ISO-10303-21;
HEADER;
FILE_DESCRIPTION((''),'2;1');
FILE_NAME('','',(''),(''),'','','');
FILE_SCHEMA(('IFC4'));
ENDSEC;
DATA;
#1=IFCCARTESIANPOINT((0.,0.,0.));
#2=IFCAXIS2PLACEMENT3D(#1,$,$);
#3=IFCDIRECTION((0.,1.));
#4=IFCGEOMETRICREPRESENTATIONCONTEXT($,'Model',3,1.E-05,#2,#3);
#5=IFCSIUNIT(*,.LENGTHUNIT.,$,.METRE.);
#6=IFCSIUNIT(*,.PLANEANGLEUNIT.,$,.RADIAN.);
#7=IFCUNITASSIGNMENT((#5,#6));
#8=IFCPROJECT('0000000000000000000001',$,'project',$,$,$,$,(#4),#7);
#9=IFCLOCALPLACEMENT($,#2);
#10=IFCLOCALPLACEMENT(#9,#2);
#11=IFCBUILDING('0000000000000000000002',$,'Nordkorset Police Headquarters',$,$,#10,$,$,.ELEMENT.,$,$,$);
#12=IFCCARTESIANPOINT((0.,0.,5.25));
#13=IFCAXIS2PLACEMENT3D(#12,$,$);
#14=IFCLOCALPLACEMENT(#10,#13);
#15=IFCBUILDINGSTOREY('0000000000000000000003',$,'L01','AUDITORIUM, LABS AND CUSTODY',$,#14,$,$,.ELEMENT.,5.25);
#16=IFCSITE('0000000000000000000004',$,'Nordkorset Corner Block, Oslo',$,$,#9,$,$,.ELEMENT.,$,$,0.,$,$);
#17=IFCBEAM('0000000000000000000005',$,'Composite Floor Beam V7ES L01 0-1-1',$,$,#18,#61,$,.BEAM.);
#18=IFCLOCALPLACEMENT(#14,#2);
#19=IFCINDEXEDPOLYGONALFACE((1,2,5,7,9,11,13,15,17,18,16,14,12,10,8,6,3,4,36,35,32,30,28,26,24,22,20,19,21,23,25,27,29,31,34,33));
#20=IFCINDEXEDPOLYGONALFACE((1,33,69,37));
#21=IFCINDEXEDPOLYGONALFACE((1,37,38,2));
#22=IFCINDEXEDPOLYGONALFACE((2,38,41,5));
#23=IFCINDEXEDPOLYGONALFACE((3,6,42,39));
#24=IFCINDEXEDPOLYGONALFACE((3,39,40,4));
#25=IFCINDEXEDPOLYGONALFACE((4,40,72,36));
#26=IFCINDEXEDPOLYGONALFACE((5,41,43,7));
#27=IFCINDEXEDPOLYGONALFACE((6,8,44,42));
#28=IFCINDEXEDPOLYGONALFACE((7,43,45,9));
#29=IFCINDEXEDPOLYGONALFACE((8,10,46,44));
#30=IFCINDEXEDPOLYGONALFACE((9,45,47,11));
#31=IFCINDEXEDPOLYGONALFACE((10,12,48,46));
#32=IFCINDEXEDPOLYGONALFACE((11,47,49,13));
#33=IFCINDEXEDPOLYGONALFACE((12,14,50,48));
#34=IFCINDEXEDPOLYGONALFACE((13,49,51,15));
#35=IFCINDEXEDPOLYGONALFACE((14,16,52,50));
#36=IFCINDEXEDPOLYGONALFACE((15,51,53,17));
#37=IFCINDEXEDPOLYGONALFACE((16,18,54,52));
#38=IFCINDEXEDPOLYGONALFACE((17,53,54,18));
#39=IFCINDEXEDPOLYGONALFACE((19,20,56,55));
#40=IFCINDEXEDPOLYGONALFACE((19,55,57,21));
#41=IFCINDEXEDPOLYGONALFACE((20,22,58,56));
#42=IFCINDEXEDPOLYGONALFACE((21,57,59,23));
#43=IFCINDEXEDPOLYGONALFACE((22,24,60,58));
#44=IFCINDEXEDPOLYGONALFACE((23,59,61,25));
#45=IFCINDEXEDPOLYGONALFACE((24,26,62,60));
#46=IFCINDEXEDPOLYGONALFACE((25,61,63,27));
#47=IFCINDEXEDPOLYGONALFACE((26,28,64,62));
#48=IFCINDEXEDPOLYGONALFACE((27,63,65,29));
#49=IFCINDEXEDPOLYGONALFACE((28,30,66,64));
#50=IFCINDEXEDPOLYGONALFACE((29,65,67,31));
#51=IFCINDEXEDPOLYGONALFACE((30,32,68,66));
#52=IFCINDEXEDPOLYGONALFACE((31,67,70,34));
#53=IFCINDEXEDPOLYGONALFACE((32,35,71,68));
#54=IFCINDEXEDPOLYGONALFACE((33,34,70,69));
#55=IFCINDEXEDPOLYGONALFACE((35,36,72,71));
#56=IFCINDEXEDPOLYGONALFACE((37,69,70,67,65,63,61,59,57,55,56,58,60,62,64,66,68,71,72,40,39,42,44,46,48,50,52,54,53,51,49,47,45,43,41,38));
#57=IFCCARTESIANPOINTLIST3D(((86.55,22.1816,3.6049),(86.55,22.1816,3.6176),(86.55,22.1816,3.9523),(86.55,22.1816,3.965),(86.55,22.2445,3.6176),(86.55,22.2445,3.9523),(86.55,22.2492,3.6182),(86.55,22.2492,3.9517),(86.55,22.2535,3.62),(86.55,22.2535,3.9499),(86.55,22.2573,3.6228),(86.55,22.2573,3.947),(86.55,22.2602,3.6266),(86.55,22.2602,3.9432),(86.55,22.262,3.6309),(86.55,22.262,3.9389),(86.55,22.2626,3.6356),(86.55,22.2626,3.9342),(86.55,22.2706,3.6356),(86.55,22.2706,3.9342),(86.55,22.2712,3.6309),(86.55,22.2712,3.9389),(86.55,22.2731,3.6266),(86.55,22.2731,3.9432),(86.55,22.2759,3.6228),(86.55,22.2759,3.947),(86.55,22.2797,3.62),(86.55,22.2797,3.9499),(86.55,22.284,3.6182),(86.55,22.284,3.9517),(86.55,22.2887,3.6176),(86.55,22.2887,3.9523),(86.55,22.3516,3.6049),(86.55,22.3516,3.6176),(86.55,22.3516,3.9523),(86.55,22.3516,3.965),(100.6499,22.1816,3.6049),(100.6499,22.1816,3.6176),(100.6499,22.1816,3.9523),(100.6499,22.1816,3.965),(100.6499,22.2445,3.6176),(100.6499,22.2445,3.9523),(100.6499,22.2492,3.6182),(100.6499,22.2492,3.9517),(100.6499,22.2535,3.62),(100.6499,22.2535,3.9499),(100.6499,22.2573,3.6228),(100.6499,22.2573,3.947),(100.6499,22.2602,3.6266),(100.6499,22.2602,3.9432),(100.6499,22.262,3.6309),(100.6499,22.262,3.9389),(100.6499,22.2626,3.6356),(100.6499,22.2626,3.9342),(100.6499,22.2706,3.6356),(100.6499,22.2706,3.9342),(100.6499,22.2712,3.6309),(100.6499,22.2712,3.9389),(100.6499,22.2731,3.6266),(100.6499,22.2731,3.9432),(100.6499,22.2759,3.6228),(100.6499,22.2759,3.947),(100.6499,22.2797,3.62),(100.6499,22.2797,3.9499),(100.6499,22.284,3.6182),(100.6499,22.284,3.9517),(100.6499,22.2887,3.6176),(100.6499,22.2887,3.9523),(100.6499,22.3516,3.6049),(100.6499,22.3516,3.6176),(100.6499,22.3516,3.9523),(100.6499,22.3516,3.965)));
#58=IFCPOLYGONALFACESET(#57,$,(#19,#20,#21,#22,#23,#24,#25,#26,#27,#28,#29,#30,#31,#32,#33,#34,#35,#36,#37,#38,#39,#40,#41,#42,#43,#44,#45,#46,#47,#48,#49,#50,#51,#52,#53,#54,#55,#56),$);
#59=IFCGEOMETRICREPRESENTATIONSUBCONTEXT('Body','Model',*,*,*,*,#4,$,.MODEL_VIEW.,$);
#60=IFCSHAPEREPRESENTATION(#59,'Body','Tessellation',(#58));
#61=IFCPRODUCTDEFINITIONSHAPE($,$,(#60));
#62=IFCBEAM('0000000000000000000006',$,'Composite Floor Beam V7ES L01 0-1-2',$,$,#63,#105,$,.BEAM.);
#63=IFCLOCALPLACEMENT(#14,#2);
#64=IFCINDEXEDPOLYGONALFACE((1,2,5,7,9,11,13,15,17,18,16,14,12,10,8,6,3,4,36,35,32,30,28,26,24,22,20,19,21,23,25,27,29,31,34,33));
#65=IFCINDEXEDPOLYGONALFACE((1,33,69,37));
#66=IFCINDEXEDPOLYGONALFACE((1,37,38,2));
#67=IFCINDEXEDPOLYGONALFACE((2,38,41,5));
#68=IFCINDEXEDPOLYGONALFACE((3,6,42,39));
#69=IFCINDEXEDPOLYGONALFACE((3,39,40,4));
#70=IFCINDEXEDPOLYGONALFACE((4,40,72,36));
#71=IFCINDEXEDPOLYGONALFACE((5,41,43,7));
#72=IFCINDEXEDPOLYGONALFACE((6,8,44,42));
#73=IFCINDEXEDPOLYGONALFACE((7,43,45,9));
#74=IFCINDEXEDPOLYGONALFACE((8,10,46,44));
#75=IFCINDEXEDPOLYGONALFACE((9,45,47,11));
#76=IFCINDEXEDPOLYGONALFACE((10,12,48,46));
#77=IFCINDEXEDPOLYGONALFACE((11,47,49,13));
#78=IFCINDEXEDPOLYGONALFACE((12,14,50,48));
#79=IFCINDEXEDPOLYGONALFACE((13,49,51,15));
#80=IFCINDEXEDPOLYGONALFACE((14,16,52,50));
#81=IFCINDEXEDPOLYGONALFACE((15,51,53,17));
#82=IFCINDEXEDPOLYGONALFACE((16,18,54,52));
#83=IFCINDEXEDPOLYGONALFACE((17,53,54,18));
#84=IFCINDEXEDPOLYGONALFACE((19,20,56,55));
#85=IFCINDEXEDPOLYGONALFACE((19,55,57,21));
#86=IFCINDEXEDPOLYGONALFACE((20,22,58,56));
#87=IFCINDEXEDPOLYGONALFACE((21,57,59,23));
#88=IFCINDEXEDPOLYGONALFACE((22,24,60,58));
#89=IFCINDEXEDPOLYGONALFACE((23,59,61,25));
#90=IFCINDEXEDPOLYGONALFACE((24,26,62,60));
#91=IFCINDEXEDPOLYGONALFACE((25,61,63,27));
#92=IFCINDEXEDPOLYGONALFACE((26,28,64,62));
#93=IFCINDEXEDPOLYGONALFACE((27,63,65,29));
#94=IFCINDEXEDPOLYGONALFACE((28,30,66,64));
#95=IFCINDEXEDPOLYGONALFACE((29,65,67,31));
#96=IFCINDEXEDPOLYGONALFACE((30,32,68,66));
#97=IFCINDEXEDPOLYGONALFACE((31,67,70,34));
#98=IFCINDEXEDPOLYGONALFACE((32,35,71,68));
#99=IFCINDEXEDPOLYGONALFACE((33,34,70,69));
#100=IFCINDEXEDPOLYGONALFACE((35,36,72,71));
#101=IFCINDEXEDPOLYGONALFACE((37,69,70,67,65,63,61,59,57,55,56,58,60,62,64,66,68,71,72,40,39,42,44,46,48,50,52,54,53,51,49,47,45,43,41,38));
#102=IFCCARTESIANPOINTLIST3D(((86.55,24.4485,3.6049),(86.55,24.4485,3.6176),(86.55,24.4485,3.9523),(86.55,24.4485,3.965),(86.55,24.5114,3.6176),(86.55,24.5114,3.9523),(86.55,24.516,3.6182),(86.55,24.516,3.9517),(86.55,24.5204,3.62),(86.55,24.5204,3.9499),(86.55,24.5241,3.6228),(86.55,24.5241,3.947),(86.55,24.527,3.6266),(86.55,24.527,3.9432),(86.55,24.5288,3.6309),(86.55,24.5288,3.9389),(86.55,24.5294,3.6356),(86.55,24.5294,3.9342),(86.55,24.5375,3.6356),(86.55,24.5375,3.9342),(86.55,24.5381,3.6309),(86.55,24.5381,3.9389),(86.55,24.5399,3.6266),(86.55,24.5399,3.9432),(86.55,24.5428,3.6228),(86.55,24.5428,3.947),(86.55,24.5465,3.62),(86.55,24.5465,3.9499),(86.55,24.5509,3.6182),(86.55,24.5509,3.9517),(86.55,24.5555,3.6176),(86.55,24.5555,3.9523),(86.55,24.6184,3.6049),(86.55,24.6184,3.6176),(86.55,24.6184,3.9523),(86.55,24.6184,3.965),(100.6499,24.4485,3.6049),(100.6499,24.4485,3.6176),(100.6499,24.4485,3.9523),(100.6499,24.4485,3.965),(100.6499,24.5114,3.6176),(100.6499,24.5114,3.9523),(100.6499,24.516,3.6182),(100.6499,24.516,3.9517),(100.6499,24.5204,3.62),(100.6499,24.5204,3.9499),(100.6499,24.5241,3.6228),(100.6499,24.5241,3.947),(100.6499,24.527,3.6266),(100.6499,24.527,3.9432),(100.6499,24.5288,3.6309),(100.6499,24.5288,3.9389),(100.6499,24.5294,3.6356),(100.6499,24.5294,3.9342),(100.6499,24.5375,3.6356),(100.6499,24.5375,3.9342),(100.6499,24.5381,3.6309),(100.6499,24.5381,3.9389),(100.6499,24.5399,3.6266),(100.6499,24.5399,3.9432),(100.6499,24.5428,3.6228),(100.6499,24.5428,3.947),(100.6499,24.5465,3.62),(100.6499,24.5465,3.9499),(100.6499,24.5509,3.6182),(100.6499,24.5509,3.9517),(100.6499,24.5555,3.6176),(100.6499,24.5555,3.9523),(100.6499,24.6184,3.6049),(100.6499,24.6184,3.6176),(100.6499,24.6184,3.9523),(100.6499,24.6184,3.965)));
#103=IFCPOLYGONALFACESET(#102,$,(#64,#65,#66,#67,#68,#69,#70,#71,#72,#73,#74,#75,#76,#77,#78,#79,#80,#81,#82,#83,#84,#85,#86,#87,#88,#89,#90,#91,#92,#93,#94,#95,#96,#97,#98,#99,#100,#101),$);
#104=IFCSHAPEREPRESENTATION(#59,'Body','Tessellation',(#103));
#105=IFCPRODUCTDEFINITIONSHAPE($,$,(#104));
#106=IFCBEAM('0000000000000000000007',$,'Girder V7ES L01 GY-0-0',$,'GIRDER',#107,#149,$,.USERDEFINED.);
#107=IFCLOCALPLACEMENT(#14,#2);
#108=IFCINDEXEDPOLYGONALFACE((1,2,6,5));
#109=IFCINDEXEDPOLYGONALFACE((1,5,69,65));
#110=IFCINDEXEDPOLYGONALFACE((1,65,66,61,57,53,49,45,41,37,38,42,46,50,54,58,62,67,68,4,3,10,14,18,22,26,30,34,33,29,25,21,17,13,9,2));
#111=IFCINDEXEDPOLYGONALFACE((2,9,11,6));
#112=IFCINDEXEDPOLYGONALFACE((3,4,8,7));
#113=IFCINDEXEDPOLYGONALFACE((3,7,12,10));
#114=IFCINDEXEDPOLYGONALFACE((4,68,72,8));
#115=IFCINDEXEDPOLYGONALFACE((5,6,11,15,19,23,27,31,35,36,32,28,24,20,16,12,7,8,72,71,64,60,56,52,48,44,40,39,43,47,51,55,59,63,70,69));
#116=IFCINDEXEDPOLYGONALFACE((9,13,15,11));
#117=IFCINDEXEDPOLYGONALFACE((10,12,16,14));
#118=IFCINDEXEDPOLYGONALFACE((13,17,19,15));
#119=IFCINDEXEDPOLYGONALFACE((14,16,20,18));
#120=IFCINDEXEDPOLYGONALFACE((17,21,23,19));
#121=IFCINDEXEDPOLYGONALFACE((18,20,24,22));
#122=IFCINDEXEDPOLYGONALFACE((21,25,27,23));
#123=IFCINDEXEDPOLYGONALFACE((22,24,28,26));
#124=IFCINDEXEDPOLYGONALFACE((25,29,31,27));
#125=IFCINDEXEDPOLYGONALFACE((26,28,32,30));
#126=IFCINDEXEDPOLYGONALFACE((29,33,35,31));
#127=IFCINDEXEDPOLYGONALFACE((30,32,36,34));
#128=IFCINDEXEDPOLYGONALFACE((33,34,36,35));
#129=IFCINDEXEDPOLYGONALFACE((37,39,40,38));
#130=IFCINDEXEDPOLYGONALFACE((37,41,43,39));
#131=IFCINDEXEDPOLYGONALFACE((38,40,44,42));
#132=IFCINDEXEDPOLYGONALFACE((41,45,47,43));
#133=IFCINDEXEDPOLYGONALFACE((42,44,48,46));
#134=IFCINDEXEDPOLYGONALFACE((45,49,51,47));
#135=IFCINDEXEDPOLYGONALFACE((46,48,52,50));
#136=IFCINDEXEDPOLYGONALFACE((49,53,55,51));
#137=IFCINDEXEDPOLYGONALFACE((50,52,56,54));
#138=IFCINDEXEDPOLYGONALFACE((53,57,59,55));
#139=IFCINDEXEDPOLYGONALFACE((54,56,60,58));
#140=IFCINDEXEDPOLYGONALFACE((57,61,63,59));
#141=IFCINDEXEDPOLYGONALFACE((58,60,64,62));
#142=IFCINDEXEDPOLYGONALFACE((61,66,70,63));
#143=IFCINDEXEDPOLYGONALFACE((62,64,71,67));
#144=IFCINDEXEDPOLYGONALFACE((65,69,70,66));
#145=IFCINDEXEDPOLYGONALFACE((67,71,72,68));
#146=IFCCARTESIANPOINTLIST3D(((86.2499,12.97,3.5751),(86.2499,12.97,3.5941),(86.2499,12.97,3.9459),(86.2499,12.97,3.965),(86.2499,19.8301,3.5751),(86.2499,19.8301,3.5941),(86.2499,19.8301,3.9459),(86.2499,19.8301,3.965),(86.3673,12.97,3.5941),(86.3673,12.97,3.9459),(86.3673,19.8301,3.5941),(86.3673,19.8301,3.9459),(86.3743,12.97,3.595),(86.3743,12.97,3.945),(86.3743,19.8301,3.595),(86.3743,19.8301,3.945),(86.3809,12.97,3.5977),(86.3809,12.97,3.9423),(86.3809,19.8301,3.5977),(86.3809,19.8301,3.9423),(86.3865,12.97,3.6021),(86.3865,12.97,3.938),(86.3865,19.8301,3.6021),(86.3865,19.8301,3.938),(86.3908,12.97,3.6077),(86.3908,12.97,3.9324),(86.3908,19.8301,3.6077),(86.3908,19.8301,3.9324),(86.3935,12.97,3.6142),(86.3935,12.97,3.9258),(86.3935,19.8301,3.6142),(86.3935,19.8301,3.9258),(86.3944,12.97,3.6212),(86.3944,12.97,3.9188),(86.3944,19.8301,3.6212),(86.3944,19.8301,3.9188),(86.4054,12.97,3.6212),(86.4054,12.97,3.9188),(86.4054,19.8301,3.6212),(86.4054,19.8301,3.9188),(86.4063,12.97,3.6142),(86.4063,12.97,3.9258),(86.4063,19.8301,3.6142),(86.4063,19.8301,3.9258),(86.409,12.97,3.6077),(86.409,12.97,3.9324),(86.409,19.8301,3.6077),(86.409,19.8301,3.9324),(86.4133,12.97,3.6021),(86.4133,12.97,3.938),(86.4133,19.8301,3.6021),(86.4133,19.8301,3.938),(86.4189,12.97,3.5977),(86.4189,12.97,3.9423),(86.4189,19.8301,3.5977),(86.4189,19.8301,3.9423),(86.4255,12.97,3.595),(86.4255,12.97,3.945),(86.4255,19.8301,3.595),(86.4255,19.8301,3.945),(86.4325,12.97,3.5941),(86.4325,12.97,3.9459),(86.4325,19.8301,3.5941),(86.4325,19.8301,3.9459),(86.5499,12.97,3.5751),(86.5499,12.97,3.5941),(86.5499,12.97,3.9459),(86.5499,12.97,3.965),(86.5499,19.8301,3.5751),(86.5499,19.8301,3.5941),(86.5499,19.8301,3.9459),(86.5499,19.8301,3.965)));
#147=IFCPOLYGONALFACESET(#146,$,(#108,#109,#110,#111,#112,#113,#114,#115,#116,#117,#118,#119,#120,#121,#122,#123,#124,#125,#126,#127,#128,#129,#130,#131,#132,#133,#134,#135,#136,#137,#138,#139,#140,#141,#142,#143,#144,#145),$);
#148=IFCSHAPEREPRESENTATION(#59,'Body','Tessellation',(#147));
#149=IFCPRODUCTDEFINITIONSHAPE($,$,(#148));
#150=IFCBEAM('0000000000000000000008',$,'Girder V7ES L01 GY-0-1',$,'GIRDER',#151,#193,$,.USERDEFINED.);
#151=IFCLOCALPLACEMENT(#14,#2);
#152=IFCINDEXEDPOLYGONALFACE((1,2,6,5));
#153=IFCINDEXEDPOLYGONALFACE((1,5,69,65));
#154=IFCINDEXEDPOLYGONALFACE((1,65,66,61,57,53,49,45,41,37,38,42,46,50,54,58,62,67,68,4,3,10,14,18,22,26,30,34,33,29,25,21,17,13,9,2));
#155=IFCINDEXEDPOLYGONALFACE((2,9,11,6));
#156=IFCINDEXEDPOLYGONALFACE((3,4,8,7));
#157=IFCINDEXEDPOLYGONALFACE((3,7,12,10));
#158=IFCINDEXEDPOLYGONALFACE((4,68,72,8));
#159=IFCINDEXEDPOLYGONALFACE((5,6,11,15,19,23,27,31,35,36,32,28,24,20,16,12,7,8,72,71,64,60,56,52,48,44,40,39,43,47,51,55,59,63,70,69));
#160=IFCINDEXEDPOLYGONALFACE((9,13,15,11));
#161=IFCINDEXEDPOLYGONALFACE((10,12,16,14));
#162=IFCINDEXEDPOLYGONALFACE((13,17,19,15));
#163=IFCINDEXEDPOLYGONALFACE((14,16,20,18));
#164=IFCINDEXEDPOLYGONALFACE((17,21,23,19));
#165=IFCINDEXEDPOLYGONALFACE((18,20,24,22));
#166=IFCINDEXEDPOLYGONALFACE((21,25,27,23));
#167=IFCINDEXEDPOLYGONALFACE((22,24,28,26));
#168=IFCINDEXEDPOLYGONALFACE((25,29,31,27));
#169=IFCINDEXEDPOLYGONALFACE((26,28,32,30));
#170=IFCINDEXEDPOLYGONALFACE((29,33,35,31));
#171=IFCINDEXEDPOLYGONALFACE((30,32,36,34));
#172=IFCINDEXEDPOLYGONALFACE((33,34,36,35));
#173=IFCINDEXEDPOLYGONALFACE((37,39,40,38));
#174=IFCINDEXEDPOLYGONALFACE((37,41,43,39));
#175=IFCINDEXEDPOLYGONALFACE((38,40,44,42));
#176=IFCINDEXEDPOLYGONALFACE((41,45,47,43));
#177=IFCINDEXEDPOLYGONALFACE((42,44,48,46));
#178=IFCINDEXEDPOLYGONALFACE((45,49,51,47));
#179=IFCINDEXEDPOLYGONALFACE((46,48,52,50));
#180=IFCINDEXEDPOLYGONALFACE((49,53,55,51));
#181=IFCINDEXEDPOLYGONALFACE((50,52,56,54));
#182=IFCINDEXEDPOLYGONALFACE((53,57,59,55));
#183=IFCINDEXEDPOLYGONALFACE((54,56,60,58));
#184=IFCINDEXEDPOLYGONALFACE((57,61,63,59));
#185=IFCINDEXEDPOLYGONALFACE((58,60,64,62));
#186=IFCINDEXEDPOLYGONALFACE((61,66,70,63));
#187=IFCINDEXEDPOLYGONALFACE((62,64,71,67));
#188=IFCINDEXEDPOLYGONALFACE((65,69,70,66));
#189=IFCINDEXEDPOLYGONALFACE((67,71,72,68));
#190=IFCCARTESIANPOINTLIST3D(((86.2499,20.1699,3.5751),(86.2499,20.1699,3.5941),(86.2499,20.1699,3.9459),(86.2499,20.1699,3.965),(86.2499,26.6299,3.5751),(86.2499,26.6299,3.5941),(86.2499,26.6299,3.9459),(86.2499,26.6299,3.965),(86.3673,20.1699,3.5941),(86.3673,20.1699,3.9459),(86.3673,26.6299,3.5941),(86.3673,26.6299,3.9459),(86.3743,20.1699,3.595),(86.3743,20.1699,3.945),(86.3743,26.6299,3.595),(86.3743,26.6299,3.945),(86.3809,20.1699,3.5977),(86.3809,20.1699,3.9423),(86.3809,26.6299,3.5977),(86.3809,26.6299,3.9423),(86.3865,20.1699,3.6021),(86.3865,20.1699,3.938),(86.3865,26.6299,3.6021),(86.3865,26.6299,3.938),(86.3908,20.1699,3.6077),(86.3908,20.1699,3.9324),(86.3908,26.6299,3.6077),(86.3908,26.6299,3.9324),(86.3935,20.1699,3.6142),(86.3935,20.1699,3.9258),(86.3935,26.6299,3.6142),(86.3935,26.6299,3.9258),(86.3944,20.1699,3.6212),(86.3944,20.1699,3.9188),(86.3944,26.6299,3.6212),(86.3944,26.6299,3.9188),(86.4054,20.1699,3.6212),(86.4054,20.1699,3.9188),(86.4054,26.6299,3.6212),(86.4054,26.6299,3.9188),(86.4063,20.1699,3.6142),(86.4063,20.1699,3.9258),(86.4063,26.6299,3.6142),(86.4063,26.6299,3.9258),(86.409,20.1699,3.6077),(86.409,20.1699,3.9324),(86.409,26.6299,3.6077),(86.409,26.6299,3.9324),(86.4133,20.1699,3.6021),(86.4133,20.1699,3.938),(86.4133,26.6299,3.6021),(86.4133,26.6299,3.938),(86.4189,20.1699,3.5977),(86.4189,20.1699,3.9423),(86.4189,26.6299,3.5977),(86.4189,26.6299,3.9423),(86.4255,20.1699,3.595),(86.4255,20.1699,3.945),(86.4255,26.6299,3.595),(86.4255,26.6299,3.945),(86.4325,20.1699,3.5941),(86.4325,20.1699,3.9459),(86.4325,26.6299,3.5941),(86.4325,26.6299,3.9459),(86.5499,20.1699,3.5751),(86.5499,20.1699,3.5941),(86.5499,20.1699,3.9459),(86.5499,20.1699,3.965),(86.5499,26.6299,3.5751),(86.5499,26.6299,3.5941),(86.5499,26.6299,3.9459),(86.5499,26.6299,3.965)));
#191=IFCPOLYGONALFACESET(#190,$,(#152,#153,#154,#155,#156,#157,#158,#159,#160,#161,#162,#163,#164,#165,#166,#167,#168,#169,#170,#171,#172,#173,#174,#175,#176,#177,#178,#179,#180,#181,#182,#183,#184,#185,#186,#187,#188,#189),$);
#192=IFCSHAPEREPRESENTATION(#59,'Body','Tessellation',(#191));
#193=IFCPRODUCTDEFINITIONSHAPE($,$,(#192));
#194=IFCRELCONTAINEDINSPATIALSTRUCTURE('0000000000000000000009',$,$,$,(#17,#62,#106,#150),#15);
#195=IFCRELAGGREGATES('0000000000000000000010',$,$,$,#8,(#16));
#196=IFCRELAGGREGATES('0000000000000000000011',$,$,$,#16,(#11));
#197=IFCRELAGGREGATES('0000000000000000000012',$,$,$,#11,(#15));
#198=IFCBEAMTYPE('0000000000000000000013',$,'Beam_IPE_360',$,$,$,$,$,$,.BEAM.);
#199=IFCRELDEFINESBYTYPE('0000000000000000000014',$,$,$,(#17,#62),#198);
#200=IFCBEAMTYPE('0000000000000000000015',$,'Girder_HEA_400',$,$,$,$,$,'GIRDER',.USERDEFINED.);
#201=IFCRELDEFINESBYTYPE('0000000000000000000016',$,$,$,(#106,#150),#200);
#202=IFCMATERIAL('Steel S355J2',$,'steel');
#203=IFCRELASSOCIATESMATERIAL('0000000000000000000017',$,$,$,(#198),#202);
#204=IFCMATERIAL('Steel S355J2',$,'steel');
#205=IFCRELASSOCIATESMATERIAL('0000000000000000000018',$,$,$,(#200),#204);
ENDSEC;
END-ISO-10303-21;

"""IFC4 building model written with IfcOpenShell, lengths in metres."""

from ifc_helpers import new_model, si_unit, direction, frame, origin, origin_2d, place, context, subcontext, project, spatial, i_section, extrude, material, material_profile, profile_set, type_object, element, save


model = new_model("IFC4")

# Units and contexts
model_context = context("Model", 3, precision=1e-05, world=origin(), true_north=direction((0.0, 1.0)))
body_context = subcontext(model_context, "Body", "Model", "MODEL_VIEW")
ifc_project = project(units=[si_unit("LENGTHUNIT", "METRE"), si_unit("PLANEANGLEUNIT", "RADIAN")], contexts=[model_context])

# Site, building, storey
site_placement = place(None, origin())
site = spatial("IfcSite", under=ifc_project, at=site_placement, Name="Nordkorset Corner Block, Oslo", CompositionType="ELEMENT", RefElevation=0.0)
building_placement = place(site_placement, origin())
building = spatial("IfcBuilding", under=site, at=building_placement, Name="Nordkorset Police Headquarters", CompositionType="ELEMENT")
storey_placement = place(building_placement, frame((0.0, 0.0, 5.25)))
storey = spatial("IfcBuildingStorey", under=building, at=storey_placement, Name="L01", Description="AUDITORIUM, LABS AND CUSTODY", CompositionType="ELEMENT", Elevation=5.25)

# Beams
ifc_material_1 = material(Name="Steel S355J2", Category="steel")
ifc_material_profile_1 = material_profile(ifc_material_1, i_section(OverallWidth=0.1699, OverallDepth=0.3601, WebThickness=0.0081, FlangeThickness=0.0127, FilletRadius=0.0181, at=origin_2d()), Name="IPE 360")
ifc_profile_set_1 = profile_set([ifc_material_profile_1], Name="Steel S355J2")
beam_type_1 = type_object("IfcBeamType", Name="Beam_IPE_360", PredefinedType="BEAM", material=ifc_profile_set_1)
for number, where, z_axis, x_axis, name in (
    (1, (86.55, 22.2666, 3.7849), (1.0, 0.0, 0.0), (0.0, 1.0, 0.0), "Composite Floor Beam V7ES L01 0-1-1"),
    (2, (86.55, 24.5334, 3.7849), (1.0, 0.0, 0.0), (0.0, 1.0, 0.0), "Composite Floor Beam V7ES L01 0-1-2"),
):
    element("IfcBeam", number, at=place(storey_placement, frame(where, z_axis=z_axis, x_axis=x_axis)), inside=storey, type_object=beam_type_1, Name=name, PredefinedType="BEAM", context=body_context, shape_type="SweptSolid", body=[
        extrude(i_section(OverallWidth=0.1699, OverallDepth=0.3601, WebThickness=0.0081, FlangeThickness=0.0127, FilletRadius=0.0181, at=origin_2d()), origin(), (0.0, 0.0, 1.0), 14.0999),
    ])
ifc_material_2 = material(Name="Steel S355J2", Category="steel")
ifc_material_profile_2 = material_profile(ifc_material_2, i_section(OverallWidth=0.3, OverallDepth=0.3899, WebThickness=0.011, FlangeThickness=0.019, FilletRadius=0.0271, at=origin_2d()), Name="HEA 400")
ifc_profile_set_2 = profile_set([ifc_material_profile_2], Name="Steel S355J2")
beam_type_2 = type_object("IfcBeamType", Name="Girder_HEA_400", ElementType="GIRDER", PredefinedType="USERDEFINED", material=ifc_profile_set_2)
beam_1_placement = place(storey_placement, frame((86.3999, 12.97, 3.77), z_axis=(0.0, 1.0, 0.0), x_axis=(-1.0, 0.0, 0.0)))
element("IfcBeam", 3, at=beam_1_placement, inside=storey, type_object=beam_type_2, Name="Girder V7ES L01 GY-0-0", ObjectType="GIRDER", PredefinedType="USERDEFINED", context=body_context, shape_type="SweptSolid", body=[
    extrude(i_section(OverallWidth=0.3, OverallDepth=0.3899, WebThickness=0.011, FlangeThickness=0.019, FilletRadius=0.0271, at=origin_2d()), origin(), (0.0, 0.0, 1.0), 6.8601),
])
beam_2_placement = place(storey_placement, frame((86.3999, 20.1699, 3.77), z_axis=(0.0, 1.0, 0.0), x_axis=(-1.0, 0.0, 0.0)))
element("IfcBeam", 4, at=beam_2_placement, inside=storey, type_object=beam_type_2, Name="Girder V7ES L01 GY-0-1", ObjectType="GIRDER", PredefinedType="USERDEFINED", context=body_context, shape_type="SweptSolid", body=[
    extrude(i_section(OverallWidth=0.3, OverallDepth=0.3899, WebThickness=0.011, FlangeThickness=0.019, FilletRadius=0.0271, at=origin_2d()), origin(), (0.0, 0.0, 1.0), 6.46),
])

save(model, "model.ifc")
